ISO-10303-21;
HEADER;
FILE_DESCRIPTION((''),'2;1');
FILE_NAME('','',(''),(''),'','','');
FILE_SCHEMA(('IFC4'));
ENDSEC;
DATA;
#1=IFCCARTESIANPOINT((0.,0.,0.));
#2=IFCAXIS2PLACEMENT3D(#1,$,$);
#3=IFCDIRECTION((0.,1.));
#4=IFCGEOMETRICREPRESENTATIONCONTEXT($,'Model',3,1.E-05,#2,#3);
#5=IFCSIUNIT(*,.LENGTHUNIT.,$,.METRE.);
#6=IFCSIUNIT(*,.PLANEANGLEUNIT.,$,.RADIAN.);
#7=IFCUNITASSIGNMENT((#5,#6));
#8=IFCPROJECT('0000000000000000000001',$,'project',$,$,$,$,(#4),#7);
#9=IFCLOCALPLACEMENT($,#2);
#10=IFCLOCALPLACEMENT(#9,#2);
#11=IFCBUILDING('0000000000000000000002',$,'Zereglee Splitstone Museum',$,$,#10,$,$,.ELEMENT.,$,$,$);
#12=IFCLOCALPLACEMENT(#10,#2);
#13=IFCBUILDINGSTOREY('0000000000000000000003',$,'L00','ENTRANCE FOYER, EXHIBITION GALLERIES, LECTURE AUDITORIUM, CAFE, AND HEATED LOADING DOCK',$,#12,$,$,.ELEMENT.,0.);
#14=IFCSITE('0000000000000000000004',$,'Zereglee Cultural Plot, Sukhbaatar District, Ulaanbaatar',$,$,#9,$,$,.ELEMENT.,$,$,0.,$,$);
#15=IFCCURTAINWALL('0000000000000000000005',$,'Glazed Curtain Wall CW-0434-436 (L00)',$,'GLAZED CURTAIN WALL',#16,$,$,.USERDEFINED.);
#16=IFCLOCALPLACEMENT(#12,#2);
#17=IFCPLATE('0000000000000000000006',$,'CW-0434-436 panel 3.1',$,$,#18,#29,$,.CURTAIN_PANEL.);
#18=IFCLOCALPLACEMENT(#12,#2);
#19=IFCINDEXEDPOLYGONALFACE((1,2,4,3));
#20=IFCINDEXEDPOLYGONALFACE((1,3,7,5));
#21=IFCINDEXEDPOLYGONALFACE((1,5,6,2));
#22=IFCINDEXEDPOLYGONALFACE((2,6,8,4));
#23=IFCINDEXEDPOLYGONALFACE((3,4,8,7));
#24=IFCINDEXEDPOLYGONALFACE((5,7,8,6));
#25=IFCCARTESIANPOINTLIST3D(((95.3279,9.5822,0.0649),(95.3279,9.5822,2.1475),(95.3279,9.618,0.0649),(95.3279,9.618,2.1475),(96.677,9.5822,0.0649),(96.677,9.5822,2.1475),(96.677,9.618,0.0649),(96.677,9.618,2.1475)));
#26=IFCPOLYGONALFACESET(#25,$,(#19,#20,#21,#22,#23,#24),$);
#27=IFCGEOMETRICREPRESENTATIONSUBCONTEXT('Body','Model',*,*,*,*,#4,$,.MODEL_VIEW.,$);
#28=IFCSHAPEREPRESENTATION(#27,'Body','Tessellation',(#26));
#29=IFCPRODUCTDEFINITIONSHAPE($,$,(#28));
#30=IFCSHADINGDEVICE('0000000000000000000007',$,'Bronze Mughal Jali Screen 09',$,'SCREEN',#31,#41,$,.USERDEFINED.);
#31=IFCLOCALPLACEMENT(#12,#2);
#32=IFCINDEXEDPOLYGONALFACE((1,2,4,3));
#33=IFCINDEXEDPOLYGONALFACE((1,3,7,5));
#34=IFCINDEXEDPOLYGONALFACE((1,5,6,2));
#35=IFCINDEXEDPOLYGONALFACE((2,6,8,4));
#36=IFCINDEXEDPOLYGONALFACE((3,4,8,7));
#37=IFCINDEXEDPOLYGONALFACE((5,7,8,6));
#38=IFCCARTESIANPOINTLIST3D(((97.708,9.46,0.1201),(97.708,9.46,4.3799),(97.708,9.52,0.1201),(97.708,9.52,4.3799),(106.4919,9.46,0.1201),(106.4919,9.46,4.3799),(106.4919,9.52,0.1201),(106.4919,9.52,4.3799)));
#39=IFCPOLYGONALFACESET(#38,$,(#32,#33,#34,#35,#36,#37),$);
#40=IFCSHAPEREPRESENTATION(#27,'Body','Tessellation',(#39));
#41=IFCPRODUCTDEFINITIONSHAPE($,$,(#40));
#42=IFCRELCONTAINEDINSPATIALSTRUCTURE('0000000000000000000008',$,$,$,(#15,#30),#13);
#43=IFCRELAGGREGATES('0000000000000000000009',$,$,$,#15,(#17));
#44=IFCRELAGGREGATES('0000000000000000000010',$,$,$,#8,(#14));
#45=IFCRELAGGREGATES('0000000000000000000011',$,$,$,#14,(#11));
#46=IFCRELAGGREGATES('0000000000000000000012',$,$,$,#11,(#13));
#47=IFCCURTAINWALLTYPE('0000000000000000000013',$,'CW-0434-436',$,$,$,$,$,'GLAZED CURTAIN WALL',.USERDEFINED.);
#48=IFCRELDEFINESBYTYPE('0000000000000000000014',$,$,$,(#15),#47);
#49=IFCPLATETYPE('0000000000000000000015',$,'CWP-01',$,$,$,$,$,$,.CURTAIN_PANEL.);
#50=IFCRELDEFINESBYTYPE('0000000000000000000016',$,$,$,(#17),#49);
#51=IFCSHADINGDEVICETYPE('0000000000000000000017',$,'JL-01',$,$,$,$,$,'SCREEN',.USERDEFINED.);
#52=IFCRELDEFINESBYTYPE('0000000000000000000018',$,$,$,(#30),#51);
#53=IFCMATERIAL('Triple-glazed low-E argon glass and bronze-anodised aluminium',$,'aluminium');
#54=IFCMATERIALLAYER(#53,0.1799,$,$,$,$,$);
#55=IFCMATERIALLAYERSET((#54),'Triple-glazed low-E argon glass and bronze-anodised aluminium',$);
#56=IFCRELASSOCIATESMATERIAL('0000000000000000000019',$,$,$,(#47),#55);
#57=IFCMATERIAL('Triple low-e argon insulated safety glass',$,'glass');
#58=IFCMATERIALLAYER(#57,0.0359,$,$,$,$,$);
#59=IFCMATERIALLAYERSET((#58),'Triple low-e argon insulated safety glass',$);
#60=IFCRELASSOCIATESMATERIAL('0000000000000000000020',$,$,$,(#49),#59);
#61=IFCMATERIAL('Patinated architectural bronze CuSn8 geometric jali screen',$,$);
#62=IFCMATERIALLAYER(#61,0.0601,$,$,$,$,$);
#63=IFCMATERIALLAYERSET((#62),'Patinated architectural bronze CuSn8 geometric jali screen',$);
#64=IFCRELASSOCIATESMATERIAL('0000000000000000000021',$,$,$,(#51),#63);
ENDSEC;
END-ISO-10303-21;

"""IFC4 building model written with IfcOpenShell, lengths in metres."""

from ifc_helpers import new_model, si_unit, direction, frame, origin, origin_2d, place, context, subcontext, project, spatial, polyline, rectangle, outline, extrude, material, layer, layer_set, type_object, element, aggregate, save


model = new_model("IFC4")

# Units and contexts
model_context = context("Model", 3, precision=1e-05, world=origin(), true_north=direction((0.0, 1.0)))
body_context = subcontext(model_context, "Body", "Model", "MODEL_VIEW")
ifc_project = project(units=[si_unit("LENGTHUNIT", "METRE"), si_unit("PLANEANGLEUNIT", "RADIAN")], contexts=[model_context])

# Site, building, storey
site_placement = place(None, origin())
site = spatial("IfcSite", under=ifc_project, at=site_placement, Name="Zereglee Cultural Plot, Sukhbaatar District, Ulaanbaatar", CompositionType="ELEMENT", RefElevation=0.0)
building_placement = place(site_placement, origin())
building = spatial("IfcBuilding", under=site, at=building_placement, Name="Zereglee Splitstone Museum", CompositionType="ELEMENT")
storey_placement = place(building_placement, origin())
storey = spatial("IfcBuildingStorey", under=building, at=storey_placement, Name="L00", Description="ENTRANCE FOYER, EXHIBITION GALLERIES, LECTURE AUDITORIUM, CAFE, AND HEATED LOADING DOCK", CompositionType="ELEMENT", Elevation=0.0)

# Curtain wall
ifc_material_1 = material(Name="Triple-glazed low-E argon glass and bronze-anodised aluminium", Category="aluminium")
ifc_layer_1 = layer(ifc_material_1, 0.1799)
ifc_layer_set_1 = layer_set([ifc_layer_1], Name="Triple-glazed low-E argon glass and bronze-anodised aluminium")
curtain_wall_type_1 = type_object("IfcCurtainWallType", Name="CW-0434-436", ElementType="GLAZED CURTAIN WALL", PredefinedType="USERDEFINED", material=ifc_layer_set_1)
curtain_wall_1_placement = place(storey_placement, origin())
curtain_wall_1 = element("IfcCurtainWall", 1, at=curtain_wall_1_placement, inside=storey, type_object=curtain_wall_type_1, Name="Glazed Curtain Wall CW-0434-436 (L00)", ObjectType="GLAZED CURTAIN WALL", PredefinedType="USERDEFINED")

# Plate
ifc_material_2 = material(Name="Triple low-e argon insulated safety glass", Category="glass")
ifc_layer_2 = layer(ifc_material_2, 0.0359)
ifc_layer_set_2 = layer_set([ifc_layer_2], Name="Triple low-e argon insulated safety glass")
plate_type = type_object("IfcPlateType", Name="CWP-01", PredefinedType="CURTAIN_PANEL", material=ifc_layer_set_2)
plate_1_placement = place(storey_placement, frame((96.0024, 9.6001, 0.0649), z_axis=(0.0, 0.0, 1.0), x_axis=(1.0, 0.0, 0.0)))
plate_1 = element("IfcPlate", 2, at=plate_1_placement, type_object=plate_type, Name="CW-0434-436 panel 3.1", PredefinedType="CURTAIN_PANEL", context=body_context, shape_type="SweptSolid", body=[
    extrude(rectangle(XDim=1.3491, YDim=0.0359, at=origin_2d()), origin(), (0.0, 0.0, 1.0), 2.0825),
])
aggregate(curtain_wall_1, [plate_1])

# Shading device
ifc_material_3 = material(Name="Patinated architectural bronze CuSn8 geometric jali screen")
ifc_layer_3 = layer(ifc_material_3, 0.0601)
ifc_layer_set_3 = layer_set([ifc_layer_3], Name="Patinated architectural bronze CuSn8 geometric jali screen")
shading_device_type = type_object("IfcShadingDeviceType", Name="JL-01", ElementType="SCREEN", PredefinedType="USERDEFINED", material=ifc_layer_set_3)
shading_device_placement = place(storey_placement, frame((97.708, 9.52, 0.1201), z_axis=(0.0, -1.0, 0.0), x_axis=(1.0, 0.0, 0.0)))
element("IfcShadingDevice", 3, at=shading_device_placement, inside=storey, type_object=shading_device_type, Name="Bronze Mughal Jali Screen 09", ObjectType="SCREEN", PredefinedType="USERDEFINED", context=body_context, shape_type="SweptSolid", body=[
    extrude(outline(polyline([(0.0, 0.0), (8.7839, 0.0), (8.7839, 4.2598), (0.0, 4.2598), (0.0, 0.0)])), origin(), (0.0, 0.0, 1.0), 0.0601),
])

save(model, "model.ifc")
